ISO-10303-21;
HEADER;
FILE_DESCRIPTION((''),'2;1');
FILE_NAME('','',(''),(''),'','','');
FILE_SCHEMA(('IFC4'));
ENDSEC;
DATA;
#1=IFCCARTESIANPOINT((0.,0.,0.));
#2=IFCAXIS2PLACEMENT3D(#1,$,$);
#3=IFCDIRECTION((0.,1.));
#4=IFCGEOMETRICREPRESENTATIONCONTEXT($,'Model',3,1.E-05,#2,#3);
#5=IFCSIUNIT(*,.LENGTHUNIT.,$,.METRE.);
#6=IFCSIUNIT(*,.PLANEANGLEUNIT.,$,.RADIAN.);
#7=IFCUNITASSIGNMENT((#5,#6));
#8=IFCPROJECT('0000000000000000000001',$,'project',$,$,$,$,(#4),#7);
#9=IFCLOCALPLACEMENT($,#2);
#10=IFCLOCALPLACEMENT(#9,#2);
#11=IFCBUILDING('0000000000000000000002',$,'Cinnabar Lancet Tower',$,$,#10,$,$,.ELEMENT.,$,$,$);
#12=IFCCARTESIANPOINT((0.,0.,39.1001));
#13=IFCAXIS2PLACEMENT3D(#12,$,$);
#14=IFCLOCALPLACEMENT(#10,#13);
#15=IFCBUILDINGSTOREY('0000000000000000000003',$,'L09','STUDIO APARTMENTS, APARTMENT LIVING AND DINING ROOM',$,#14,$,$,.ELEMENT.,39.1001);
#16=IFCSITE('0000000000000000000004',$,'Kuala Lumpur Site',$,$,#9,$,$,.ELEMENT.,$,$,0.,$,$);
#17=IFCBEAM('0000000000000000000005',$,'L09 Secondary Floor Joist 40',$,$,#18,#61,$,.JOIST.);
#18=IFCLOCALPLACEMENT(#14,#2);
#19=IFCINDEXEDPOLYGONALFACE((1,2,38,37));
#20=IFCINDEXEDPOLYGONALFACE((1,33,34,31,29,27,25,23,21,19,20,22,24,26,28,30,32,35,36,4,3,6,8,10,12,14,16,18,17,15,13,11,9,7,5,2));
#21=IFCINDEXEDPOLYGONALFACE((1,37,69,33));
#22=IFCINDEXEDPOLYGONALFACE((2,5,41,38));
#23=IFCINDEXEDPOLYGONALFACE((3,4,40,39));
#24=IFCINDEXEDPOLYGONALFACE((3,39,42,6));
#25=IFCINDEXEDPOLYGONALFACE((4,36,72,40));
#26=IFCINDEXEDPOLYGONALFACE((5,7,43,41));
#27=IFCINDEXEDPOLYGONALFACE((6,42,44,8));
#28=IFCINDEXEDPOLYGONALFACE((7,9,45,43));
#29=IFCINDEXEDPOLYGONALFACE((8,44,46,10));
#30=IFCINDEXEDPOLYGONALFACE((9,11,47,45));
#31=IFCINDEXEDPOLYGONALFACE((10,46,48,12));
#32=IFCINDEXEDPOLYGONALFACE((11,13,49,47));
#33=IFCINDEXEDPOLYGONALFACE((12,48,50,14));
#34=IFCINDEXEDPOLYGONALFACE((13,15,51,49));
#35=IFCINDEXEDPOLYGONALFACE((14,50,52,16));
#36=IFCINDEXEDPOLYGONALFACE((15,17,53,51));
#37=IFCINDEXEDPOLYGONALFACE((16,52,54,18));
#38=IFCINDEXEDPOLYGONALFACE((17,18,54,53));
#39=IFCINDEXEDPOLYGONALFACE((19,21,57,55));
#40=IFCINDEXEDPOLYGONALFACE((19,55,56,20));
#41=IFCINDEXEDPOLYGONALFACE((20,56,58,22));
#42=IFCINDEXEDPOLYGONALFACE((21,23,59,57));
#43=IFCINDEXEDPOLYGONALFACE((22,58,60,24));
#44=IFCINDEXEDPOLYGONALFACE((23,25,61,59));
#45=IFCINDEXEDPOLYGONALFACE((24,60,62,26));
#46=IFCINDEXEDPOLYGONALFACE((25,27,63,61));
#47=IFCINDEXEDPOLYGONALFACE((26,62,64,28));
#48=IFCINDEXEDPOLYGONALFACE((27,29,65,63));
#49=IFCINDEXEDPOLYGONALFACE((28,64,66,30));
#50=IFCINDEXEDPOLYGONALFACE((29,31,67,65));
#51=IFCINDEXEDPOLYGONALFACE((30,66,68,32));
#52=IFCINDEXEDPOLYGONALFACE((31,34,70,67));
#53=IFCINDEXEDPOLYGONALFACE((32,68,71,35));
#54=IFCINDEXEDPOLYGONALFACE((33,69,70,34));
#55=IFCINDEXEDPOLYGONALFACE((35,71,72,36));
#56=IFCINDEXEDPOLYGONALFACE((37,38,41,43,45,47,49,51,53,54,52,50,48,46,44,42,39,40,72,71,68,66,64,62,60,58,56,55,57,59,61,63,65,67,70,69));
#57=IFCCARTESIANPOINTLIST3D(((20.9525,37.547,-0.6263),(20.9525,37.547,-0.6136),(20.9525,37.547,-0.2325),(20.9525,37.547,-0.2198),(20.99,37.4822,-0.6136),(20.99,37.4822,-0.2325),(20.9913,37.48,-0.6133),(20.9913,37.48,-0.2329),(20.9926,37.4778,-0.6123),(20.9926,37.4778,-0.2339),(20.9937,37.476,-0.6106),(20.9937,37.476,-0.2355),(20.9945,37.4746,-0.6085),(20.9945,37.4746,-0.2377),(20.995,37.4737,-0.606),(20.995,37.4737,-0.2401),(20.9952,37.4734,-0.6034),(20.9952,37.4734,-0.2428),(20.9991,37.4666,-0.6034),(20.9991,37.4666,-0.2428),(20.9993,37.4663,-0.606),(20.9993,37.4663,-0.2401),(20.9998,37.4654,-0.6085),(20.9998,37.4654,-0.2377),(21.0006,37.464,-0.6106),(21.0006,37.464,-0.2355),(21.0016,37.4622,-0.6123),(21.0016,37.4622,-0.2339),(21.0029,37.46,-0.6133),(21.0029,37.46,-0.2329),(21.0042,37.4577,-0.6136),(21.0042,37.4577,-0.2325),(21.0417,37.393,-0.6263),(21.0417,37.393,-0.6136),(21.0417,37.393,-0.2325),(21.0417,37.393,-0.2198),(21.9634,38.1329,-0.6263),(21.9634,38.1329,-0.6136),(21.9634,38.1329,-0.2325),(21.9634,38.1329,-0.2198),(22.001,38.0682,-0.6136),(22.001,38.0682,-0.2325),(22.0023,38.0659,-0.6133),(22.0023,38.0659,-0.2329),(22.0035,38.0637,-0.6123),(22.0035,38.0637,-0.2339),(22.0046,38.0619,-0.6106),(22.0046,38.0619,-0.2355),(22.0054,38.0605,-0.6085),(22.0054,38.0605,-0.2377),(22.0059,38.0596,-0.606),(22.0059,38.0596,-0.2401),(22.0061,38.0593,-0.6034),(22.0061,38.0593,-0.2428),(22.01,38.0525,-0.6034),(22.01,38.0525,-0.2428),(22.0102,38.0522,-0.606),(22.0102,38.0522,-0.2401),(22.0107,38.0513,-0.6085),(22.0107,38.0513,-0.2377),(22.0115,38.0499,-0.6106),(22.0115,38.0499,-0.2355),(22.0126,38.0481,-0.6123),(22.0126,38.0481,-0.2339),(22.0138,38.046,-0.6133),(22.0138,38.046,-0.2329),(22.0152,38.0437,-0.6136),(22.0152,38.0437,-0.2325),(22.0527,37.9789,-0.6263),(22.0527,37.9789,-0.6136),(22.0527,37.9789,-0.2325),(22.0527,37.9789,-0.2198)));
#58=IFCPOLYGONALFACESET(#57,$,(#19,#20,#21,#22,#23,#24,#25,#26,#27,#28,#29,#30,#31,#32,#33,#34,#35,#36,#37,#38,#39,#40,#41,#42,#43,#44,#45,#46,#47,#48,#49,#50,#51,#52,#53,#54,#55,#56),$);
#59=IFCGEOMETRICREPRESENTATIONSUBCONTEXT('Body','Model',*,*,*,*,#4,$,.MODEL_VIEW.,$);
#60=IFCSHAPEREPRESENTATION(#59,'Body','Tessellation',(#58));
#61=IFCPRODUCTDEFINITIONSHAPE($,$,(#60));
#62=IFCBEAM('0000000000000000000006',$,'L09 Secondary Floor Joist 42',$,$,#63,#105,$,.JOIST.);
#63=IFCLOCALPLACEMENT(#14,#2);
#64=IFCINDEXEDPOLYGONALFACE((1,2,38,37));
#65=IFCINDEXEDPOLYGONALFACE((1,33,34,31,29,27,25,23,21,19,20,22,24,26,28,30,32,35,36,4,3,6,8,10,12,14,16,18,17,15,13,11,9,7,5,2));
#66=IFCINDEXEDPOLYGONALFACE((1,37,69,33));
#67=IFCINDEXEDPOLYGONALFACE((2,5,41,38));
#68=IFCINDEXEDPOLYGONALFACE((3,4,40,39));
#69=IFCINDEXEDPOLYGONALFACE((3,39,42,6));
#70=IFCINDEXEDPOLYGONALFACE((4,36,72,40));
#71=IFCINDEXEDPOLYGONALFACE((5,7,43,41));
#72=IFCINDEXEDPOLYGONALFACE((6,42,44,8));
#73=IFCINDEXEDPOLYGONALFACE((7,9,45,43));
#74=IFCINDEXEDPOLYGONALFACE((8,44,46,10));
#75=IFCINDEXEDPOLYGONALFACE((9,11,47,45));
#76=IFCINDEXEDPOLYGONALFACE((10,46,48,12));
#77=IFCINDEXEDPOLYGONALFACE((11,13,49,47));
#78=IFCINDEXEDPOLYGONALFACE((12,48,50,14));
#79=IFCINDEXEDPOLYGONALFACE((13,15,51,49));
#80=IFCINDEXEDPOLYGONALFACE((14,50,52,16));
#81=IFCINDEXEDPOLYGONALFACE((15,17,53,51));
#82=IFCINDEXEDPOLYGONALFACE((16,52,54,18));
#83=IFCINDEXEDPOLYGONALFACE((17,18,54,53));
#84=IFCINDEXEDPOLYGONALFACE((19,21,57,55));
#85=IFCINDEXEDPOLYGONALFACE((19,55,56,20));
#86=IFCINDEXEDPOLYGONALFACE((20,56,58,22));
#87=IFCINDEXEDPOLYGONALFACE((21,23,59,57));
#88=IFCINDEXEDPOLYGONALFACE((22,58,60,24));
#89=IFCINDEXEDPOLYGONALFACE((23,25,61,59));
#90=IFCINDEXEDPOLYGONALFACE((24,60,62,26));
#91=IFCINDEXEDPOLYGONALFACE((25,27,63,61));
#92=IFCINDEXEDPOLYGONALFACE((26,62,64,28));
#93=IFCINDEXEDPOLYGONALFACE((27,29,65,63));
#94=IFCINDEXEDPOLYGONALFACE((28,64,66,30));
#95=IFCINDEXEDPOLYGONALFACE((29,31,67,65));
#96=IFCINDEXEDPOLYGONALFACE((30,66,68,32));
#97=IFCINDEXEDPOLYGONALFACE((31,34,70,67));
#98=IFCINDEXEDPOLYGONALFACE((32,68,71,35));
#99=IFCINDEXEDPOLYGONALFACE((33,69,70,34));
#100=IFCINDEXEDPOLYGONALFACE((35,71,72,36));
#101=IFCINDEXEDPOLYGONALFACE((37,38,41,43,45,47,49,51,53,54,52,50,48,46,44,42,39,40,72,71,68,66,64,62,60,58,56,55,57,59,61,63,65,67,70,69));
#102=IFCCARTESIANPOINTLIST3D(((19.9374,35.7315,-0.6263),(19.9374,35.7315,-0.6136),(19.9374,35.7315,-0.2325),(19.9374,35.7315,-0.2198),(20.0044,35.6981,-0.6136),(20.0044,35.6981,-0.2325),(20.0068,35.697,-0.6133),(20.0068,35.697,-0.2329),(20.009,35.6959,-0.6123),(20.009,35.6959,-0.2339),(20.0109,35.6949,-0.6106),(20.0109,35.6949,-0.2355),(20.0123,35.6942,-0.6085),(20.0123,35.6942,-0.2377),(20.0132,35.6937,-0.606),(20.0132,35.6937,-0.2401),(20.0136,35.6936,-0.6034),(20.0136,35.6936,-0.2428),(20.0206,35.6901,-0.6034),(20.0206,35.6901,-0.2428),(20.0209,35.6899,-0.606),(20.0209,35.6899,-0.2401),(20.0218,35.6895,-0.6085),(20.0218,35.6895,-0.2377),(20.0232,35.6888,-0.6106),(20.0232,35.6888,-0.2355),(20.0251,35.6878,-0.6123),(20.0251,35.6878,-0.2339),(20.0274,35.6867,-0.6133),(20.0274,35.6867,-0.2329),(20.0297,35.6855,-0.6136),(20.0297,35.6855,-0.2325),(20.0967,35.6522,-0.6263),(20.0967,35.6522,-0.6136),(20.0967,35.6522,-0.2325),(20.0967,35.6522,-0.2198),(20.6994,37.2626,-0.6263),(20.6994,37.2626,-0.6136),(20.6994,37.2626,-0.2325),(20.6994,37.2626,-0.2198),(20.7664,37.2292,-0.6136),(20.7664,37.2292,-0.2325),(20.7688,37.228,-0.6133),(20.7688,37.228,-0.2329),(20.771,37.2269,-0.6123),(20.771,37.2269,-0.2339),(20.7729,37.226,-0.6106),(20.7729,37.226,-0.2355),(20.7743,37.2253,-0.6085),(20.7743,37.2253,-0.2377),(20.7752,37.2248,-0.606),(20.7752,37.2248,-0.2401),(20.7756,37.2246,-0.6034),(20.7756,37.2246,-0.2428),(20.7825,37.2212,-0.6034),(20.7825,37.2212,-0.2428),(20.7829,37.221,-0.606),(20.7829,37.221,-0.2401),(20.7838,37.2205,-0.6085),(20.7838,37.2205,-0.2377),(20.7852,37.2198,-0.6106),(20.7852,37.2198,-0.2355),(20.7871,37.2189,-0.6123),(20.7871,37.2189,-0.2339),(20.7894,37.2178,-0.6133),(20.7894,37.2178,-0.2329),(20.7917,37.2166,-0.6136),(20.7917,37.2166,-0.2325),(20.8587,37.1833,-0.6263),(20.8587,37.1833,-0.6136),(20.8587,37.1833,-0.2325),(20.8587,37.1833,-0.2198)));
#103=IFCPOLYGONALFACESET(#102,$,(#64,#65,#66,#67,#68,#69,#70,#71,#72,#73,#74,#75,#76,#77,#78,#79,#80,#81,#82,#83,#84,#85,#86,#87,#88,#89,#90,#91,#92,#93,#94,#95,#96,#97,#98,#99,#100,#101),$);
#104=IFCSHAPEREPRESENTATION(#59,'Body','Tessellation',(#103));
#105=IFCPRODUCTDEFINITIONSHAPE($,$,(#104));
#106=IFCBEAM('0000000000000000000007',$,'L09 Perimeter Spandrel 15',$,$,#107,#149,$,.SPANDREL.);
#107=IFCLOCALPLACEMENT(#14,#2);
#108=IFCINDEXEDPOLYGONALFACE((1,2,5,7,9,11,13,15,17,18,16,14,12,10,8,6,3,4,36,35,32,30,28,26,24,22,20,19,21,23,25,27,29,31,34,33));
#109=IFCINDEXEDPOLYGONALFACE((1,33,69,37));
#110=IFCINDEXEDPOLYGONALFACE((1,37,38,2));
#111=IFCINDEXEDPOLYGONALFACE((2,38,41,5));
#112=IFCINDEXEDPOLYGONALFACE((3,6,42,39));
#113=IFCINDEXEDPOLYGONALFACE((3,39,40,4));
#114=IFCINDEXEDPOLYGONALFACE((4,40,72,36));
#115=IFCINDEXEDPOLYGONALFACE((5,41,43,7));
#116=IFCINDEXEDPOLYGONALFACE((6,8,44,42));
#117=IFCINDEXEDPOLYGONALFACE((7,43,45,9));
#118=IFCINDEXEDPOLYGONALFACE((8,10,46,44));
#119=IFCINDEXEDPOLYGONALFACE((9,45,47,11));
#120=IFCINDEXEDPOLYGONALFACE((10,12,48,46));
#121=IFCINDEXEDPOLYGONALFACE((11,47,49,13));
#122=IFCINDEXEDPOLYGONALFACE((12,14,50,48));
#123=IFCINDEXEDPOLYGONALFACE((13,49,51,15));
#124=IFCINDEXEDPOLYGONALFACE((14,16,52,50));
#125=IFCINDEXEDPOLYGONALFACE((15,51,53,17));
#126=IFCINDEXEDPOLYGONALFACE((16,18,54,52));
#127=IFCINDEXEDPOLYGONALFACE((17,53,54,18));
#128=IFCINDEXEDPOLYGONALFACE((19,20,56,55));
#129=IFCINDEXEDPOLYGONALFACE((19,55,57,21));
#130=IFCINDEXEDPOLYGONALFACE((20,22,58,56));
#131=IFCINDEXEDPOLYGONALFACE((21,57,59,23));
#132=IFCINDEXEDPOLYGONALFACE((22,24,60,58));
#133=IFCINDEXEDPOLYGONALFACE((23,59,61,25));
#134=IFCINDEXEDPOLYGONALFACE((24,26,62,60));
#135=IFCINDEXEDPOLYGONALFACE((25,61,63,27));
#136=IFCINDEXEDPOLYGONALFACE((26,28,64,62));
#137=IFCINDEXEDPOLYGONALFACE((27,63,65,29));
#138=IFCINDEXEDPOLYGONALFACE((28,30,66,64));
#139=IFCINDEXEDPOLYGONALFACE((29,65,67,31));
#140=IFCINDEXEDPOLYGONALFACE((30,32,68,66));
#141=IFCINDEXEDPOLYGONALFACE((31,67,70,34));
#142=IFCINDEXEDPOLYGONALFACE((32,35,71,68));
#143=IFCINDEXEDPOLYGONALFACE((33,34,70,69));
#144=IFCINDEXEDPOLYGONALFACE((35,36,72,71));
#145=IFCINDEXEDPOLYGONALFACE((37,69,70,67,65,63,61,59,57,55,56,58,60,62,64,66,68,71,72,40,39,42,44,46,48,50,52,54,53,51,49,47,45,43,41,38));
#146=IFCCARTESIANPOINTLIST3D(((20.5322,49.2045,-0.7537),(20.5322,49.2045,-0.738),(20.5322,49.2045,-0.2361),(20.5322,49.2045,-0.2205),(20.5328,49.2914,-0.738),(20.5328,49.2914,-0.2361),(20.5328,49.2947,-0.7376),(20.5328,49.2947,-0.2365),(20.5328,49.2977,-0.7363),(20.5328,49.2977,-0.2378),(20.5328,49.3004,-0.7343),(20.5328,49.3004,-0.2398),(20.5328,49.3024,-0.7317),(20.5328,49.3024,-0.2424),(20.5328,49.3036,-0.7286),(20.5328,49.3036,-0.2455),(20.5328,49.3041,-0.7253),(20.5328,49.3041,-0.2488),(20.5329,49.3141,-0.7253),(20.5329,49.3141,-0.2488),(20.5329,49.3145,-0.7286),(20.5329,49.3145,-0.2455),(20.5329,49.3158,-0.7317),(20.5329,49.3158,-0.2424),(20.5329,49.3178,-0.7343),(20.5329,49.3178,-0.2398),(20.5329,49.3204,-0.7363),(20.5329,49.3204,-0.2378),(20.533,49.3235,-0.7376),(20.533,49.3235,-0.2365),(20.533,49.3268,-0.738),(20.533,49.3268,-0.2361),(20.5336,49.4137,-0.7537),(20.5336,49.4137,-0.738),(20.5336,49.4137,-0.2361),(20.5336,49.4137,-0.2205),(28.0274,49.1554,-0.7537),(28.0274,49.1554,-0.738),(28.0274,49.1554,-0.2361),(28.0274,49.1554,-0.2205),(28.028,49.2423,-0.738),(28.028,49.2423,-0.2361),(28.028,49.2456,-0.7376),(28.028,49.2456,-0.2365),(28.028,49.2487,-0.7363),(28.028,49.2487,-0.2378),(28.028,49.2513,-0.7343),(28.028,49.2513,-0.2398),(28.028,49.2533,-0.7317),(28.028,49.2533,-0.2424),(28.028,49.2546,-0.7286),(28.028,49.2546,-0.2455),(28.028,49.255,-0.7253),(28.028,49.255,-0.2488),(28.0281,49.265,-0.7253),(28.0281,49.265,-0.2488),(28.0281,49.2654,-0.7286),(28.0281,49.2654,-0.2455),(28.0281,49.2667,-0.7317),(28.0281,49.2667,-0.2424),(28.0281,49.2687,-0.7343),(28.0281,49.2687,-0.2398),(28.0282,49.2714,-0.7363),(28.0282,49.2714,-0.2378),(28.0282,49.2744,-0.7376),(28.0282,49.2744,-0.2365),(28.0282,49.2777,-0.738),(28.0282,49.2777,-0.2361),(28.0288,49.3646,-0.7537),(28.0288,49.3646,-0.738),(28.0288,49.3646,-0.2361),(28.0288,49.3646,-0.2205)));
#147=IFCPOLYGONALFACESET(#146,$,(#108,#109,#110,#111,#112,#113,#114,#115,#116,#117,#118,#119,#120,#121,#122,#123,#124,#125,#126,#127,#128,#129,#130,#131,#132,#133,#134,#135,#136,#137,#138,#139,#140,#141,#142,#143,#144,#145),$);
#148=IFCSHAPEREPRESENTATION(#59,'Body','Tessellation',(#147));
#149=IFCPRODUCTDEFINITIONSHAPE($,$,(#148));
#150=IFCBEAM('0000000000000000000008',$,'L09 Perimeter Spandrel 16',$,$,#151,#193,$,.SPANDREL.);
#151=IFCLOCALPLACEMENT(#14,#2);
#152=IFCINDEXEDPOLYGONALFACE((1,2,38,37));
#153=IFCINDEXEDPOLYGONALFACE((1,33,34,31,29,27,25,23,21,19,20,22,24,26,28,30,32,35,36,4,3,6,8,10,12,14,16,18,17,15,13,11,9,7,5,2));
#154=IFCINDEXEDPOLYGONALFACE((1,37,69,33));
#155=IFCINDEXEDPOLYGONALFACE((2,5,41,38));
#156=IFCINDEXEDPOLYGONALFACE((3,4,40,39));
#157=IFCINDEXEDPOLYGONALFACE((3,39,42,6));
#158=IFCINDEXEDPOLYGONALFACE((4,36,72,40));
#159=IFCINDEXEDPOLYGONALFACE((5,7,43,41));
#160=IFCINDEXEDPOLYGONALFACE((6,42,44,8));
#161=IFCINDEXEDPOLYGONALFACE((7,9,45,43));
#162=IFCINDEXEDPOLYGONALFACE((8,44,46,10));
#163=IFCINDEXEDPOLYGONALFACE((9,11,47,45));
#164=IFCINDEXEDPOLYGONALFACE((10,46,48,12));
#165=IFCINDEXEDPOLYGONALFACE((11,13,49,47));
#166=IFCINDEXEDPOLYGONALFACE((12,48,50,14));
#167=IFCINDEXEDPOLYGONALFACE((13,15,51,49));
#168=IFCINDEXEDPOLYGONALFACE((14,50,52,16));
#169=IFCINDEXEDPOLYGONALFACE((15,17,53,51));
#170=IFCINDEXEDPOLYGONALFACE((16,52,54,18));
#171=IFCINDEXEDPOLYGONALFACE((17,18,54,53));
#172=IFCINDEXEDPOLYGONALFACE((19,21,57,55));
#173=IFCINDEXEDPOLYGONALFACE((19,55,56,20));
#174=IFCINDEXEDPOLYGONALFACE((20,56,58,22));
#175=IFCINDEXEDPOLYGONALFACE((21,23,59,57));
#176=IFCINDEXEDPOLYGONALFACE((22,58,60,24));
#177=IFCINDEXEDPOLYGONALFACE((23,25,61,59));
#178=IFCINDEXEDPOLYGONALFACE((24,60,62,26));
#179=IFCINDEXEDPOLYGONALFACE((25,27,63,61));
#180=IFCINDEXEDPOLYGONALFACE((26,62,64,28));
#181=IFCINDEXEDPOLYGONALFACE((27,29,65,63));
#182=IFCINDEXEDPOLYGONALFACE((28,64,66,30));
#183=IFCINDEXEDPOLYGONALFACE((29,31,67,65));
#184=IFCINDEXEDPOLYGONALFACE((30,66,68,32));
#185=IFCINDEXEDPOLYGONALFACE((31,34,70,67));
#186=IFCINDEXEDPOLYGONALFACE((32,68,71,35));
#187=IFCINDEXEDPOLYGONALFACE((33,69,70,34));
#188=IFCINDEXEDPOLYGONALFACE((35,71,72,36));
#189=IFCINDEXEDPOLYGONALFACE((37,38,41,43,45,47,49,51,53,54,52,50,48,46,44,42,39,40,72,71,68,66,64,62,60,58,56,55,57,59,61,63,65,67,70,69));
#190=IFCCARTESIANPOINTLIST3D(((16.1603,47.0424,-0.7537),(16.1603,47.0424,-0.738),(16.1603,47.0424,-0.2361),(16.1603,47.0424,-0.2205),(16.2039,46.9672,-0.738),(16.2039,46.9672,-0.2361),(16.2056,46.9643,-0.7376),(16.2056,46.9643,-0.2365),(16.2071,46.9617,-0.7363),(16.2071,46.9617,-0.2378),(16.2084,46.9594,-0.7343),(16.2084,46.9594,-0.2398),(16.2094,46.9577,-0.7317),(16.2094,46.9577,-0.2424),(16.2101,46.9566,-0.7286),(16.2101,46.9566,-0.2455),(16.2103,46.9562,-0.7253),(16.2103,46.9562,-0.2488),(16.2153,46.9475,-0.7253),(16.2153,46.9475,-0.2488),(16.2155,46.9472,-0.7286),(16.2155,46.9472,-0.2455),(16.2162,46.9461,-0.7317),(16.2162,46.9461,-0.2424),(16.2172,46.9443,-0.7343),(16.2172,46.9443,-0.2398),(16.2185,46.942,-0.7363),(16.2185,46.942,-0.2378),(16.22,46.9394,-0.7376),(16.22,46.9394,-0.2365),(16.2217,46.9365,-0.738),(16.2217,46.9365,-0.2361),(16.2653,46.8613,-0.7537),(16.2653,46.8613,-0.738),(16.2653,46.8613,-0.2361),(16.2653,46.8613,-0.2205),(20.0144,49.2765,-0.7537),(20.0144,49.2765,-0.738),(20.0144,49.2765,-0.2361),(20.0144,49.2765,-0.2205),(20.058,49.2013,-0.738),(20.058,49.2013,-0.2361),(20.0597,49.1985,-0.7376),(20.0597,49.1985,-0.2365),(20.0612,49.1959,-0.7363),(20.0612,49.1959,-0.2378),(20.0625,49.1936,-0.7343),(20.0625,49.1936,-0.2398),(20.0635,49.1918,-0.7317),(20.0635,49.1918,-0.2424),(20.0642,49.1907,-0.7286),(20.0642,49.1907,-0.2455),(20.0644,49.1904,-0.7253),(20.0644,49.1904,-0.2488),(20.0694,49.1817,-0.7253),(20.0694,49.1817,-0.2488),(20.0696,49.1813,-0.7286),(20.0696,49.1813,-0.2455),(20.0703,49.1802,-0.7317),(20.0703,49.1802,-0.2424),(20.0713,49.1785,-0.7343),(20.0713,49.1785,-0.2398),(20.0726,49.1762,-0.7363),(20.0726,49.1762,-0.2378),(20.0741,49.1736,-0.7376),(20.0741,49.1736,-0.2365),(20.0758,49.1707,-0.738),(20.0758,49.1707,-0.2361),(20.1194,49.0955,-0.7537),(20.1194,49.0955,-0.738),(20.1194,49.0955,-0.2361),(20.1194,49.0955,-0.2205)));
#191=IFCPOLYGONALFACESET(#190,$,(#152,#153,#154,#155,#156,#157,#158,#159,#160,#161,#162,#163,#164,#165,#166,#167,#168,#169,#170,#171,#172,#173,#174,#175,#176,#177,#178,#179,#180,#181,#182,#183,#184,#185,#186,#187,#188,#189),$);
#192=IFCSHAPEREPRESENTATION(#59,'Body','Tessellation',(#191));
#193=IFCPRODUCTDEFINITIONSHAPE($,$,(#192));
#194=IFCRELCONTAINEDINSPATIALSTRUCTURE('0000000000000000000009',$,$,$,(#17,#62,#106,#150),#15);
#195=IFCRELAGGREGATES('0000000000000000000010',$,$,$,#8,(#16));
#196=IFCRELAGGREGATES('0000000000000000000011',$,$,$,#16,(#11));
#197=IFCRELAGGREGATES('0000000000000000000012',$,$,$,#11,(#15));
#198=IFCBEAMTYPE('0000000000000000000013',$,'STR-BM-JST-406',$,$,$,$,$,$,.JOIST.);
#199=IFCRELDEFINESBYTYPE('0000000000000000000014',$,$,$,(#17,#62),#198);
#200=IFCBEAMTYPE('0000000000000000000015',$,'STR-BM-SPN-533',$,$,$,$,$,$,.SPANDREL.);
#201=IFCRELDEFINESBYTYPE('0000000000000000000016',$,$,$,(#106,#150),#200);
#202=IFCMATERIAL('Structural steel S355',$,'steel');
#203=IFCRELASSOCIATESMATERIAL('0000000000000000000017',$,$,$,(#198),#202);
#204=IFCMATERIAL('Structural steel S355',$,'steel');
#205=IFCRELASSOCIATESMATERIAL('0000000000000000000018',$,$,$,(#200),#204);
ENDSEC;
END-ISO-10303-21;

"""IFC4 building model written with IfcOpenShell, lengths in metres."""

from ifc_helpers import new_model, si_unit, direction, frame, origin, origin_2d, place, context, subcontext, project, spatial, i_section, extrude, material, material_profile, profile_set, type_object, element, save


model = new_model("IFC4")

# Units and contexts
model_context = context("Model", 3, precision=1e-05, world=origin(), true_north=direction((0.0, 1.0)))
body_context = subcontext(model_context, "Body", "Model", "MODEL_VIEW")
ifc_project = project(units=[si_unit("LENGTHUNIT", "METRE"), si_unit("PLANEANGLEUNIT", "RADIAN")], contexts=[model_context])

# Site, building, storey
site_placement = place(None, origin())
site = spatial("IfcSite", under=ifc_project, at=site_placement, Name="Kuala Lumpur Site", CompositionType="ELEMENT", RefElevation=0.0)
building_placement = place(site_placement, origin())
building = spatial("IfcBuilding", under=site, at=building_placement, Name="Cinnabar Lancet Tower", CompositionType="ELEMENT")
storey_placement = place(building_placement, frame((0.0, 0.0, 39.1001)))
storey = spatial("IfcBuildingStorey", under=building, at=storey_placement, Name="L09", Description="STUDIO APARTMENTS, APARTMENT LIVING AND DINING ROOM", CompositionType="ELEMENT", Elevation=39.1001)

# Beams
ifc_material_1 = material(Name="Structural steel S355", Category="steel")
ifc_material_profile_1 = material_profile(ifc_material_1, i_section(OverallWidth=0.178, OverallDepth=0.4065, WebThickness=0.0078, FlangeThickness=0.0127, FilletRadius=0.0103, at=origin_2d()), Name="UKB 406x178x60")
ifc_profile_set_1 = profile_set([ifc_material_profile_1], Name="Structural steel S355")
beam_type_1 = type_object("IfcBeamType", Name="STR-BM-JST-406", PredefinedType="JOIST", material=ifc_profile_set_1)
beam_1_placement = place(storey_placement, frame((22.0081, 38.0559, -0.4231), z_axis=(-0.865193, -0.50144, 0.0), x_axis=(0.50144, -0.865193, 0.0)))
element("IfcBeam", 1, at=beam_1_placement, inside=storey, type_object=beam_type_1, Name="L09 Secondary Floor Joist 40", PredefinedType="JOIST", context=body_context, shape_type="SweptSolid", body=[
    extrude(i_section(OverallWidth=0.178, OverallDepth=0.4065, WebThickness=0.0078, FlangeThickness=0.0127, FilletRadius=0.0103, at=origin_2d()), origin(), (0.0, 0.0, 1.0), 1.1685),
])
beam_2_placement = place(storey_placement, frame((20.7791, 37.2229, -0.4231), z_axis=(-0.445557, -0.895254, 0.0), x_axis=(0.895254, -0.445557, 0.0)))
element("IfcBeam", 2, at=beam_2_placement, inside=storey, type_object=beam_type_1, Name="L09 Secondary Floor Joist 42", PredefinedType="JOIST", context=body_context, shape_type="SweptSolid", body=[
    extrude(i_section(OverallWidth=0.178, OverallDepth=0.4065, WebThickness=0.0078, FlangeThickness=0.0127, FilletRadius=0.0103, at=origin_2d()), origin(), (0.0, 0.0, 1.0), 1.7102),
])
ifc_material_2 = material(Name="Structural steel S355", Category="steel")
ifc_material_profile_2 = material_profile(ifc_material_2, i_section(OverallWidth=0.2092, OverallDepth=0.5332, WebThickness=0.01, FlangeThickness=0.0156, FilletRadius=0.0127, at=origin_2d()), Name="UKB 533x210x92")
ifc_profile_set_2 = profile_set([ifc_material_profile_2], Name="Structural steel S355")
beam_type_2 = type_object("IfcBeamType", Name="STR-BM-SPN-533", PredefinedType="SPANDREL", material=ifc_profile_set_2)
beam_3_placement = place(storey_placement, frame((28.0281, 49.26, -0.4871), z_axis=(-0.999979, 0.006547, 0.0), x_axis=(-0.006547, -0.999979, 0.0)))
element("IfcBeam", 3, at=beam_3_placement, inside=storey, type_object=beam_type_2, Name="L09 Perimeter Spandrel 15", PredefinedType="SPANDREL", context=body_context, shape_type="SweptSolid", body=[
    extrude(i_section(OverallWidth=0.2092, OverallDepth=0.5332, WebThickness=0.01, FlangeThickness=0.0156, FilletRadius=0.0127, at=origin_2d()), origin(), (0.0, 0.0, 1.0), 7.4954),
])
beam_4_placement = place(storey_placement, frame((20.0669, 49.186, -0.4871), z_axis=(-0.865147, -0.501518, 0.0), x_axis=(0.501518, -0.865147, 0.0)))
element("IfcBeam", 4, at=beam_4_placement, inside=storey, type_object=beam_type_2, Name="L09 Perimeter Spandrel 16", PredefinedType="SPANDREL", context=body_context, shape_type="SweptSolid", body=[
    extrude(i_section(OverallWidth=0.2092, OverallDepth=0.5332, WebThickness=0.01, FlangeThickness=0.0156, FilletRadius=0.0127, at=origin_2d()), origin(), (0.0, 0.0, 1.0), 4.4548),
])

save(model, "model.ifc")
